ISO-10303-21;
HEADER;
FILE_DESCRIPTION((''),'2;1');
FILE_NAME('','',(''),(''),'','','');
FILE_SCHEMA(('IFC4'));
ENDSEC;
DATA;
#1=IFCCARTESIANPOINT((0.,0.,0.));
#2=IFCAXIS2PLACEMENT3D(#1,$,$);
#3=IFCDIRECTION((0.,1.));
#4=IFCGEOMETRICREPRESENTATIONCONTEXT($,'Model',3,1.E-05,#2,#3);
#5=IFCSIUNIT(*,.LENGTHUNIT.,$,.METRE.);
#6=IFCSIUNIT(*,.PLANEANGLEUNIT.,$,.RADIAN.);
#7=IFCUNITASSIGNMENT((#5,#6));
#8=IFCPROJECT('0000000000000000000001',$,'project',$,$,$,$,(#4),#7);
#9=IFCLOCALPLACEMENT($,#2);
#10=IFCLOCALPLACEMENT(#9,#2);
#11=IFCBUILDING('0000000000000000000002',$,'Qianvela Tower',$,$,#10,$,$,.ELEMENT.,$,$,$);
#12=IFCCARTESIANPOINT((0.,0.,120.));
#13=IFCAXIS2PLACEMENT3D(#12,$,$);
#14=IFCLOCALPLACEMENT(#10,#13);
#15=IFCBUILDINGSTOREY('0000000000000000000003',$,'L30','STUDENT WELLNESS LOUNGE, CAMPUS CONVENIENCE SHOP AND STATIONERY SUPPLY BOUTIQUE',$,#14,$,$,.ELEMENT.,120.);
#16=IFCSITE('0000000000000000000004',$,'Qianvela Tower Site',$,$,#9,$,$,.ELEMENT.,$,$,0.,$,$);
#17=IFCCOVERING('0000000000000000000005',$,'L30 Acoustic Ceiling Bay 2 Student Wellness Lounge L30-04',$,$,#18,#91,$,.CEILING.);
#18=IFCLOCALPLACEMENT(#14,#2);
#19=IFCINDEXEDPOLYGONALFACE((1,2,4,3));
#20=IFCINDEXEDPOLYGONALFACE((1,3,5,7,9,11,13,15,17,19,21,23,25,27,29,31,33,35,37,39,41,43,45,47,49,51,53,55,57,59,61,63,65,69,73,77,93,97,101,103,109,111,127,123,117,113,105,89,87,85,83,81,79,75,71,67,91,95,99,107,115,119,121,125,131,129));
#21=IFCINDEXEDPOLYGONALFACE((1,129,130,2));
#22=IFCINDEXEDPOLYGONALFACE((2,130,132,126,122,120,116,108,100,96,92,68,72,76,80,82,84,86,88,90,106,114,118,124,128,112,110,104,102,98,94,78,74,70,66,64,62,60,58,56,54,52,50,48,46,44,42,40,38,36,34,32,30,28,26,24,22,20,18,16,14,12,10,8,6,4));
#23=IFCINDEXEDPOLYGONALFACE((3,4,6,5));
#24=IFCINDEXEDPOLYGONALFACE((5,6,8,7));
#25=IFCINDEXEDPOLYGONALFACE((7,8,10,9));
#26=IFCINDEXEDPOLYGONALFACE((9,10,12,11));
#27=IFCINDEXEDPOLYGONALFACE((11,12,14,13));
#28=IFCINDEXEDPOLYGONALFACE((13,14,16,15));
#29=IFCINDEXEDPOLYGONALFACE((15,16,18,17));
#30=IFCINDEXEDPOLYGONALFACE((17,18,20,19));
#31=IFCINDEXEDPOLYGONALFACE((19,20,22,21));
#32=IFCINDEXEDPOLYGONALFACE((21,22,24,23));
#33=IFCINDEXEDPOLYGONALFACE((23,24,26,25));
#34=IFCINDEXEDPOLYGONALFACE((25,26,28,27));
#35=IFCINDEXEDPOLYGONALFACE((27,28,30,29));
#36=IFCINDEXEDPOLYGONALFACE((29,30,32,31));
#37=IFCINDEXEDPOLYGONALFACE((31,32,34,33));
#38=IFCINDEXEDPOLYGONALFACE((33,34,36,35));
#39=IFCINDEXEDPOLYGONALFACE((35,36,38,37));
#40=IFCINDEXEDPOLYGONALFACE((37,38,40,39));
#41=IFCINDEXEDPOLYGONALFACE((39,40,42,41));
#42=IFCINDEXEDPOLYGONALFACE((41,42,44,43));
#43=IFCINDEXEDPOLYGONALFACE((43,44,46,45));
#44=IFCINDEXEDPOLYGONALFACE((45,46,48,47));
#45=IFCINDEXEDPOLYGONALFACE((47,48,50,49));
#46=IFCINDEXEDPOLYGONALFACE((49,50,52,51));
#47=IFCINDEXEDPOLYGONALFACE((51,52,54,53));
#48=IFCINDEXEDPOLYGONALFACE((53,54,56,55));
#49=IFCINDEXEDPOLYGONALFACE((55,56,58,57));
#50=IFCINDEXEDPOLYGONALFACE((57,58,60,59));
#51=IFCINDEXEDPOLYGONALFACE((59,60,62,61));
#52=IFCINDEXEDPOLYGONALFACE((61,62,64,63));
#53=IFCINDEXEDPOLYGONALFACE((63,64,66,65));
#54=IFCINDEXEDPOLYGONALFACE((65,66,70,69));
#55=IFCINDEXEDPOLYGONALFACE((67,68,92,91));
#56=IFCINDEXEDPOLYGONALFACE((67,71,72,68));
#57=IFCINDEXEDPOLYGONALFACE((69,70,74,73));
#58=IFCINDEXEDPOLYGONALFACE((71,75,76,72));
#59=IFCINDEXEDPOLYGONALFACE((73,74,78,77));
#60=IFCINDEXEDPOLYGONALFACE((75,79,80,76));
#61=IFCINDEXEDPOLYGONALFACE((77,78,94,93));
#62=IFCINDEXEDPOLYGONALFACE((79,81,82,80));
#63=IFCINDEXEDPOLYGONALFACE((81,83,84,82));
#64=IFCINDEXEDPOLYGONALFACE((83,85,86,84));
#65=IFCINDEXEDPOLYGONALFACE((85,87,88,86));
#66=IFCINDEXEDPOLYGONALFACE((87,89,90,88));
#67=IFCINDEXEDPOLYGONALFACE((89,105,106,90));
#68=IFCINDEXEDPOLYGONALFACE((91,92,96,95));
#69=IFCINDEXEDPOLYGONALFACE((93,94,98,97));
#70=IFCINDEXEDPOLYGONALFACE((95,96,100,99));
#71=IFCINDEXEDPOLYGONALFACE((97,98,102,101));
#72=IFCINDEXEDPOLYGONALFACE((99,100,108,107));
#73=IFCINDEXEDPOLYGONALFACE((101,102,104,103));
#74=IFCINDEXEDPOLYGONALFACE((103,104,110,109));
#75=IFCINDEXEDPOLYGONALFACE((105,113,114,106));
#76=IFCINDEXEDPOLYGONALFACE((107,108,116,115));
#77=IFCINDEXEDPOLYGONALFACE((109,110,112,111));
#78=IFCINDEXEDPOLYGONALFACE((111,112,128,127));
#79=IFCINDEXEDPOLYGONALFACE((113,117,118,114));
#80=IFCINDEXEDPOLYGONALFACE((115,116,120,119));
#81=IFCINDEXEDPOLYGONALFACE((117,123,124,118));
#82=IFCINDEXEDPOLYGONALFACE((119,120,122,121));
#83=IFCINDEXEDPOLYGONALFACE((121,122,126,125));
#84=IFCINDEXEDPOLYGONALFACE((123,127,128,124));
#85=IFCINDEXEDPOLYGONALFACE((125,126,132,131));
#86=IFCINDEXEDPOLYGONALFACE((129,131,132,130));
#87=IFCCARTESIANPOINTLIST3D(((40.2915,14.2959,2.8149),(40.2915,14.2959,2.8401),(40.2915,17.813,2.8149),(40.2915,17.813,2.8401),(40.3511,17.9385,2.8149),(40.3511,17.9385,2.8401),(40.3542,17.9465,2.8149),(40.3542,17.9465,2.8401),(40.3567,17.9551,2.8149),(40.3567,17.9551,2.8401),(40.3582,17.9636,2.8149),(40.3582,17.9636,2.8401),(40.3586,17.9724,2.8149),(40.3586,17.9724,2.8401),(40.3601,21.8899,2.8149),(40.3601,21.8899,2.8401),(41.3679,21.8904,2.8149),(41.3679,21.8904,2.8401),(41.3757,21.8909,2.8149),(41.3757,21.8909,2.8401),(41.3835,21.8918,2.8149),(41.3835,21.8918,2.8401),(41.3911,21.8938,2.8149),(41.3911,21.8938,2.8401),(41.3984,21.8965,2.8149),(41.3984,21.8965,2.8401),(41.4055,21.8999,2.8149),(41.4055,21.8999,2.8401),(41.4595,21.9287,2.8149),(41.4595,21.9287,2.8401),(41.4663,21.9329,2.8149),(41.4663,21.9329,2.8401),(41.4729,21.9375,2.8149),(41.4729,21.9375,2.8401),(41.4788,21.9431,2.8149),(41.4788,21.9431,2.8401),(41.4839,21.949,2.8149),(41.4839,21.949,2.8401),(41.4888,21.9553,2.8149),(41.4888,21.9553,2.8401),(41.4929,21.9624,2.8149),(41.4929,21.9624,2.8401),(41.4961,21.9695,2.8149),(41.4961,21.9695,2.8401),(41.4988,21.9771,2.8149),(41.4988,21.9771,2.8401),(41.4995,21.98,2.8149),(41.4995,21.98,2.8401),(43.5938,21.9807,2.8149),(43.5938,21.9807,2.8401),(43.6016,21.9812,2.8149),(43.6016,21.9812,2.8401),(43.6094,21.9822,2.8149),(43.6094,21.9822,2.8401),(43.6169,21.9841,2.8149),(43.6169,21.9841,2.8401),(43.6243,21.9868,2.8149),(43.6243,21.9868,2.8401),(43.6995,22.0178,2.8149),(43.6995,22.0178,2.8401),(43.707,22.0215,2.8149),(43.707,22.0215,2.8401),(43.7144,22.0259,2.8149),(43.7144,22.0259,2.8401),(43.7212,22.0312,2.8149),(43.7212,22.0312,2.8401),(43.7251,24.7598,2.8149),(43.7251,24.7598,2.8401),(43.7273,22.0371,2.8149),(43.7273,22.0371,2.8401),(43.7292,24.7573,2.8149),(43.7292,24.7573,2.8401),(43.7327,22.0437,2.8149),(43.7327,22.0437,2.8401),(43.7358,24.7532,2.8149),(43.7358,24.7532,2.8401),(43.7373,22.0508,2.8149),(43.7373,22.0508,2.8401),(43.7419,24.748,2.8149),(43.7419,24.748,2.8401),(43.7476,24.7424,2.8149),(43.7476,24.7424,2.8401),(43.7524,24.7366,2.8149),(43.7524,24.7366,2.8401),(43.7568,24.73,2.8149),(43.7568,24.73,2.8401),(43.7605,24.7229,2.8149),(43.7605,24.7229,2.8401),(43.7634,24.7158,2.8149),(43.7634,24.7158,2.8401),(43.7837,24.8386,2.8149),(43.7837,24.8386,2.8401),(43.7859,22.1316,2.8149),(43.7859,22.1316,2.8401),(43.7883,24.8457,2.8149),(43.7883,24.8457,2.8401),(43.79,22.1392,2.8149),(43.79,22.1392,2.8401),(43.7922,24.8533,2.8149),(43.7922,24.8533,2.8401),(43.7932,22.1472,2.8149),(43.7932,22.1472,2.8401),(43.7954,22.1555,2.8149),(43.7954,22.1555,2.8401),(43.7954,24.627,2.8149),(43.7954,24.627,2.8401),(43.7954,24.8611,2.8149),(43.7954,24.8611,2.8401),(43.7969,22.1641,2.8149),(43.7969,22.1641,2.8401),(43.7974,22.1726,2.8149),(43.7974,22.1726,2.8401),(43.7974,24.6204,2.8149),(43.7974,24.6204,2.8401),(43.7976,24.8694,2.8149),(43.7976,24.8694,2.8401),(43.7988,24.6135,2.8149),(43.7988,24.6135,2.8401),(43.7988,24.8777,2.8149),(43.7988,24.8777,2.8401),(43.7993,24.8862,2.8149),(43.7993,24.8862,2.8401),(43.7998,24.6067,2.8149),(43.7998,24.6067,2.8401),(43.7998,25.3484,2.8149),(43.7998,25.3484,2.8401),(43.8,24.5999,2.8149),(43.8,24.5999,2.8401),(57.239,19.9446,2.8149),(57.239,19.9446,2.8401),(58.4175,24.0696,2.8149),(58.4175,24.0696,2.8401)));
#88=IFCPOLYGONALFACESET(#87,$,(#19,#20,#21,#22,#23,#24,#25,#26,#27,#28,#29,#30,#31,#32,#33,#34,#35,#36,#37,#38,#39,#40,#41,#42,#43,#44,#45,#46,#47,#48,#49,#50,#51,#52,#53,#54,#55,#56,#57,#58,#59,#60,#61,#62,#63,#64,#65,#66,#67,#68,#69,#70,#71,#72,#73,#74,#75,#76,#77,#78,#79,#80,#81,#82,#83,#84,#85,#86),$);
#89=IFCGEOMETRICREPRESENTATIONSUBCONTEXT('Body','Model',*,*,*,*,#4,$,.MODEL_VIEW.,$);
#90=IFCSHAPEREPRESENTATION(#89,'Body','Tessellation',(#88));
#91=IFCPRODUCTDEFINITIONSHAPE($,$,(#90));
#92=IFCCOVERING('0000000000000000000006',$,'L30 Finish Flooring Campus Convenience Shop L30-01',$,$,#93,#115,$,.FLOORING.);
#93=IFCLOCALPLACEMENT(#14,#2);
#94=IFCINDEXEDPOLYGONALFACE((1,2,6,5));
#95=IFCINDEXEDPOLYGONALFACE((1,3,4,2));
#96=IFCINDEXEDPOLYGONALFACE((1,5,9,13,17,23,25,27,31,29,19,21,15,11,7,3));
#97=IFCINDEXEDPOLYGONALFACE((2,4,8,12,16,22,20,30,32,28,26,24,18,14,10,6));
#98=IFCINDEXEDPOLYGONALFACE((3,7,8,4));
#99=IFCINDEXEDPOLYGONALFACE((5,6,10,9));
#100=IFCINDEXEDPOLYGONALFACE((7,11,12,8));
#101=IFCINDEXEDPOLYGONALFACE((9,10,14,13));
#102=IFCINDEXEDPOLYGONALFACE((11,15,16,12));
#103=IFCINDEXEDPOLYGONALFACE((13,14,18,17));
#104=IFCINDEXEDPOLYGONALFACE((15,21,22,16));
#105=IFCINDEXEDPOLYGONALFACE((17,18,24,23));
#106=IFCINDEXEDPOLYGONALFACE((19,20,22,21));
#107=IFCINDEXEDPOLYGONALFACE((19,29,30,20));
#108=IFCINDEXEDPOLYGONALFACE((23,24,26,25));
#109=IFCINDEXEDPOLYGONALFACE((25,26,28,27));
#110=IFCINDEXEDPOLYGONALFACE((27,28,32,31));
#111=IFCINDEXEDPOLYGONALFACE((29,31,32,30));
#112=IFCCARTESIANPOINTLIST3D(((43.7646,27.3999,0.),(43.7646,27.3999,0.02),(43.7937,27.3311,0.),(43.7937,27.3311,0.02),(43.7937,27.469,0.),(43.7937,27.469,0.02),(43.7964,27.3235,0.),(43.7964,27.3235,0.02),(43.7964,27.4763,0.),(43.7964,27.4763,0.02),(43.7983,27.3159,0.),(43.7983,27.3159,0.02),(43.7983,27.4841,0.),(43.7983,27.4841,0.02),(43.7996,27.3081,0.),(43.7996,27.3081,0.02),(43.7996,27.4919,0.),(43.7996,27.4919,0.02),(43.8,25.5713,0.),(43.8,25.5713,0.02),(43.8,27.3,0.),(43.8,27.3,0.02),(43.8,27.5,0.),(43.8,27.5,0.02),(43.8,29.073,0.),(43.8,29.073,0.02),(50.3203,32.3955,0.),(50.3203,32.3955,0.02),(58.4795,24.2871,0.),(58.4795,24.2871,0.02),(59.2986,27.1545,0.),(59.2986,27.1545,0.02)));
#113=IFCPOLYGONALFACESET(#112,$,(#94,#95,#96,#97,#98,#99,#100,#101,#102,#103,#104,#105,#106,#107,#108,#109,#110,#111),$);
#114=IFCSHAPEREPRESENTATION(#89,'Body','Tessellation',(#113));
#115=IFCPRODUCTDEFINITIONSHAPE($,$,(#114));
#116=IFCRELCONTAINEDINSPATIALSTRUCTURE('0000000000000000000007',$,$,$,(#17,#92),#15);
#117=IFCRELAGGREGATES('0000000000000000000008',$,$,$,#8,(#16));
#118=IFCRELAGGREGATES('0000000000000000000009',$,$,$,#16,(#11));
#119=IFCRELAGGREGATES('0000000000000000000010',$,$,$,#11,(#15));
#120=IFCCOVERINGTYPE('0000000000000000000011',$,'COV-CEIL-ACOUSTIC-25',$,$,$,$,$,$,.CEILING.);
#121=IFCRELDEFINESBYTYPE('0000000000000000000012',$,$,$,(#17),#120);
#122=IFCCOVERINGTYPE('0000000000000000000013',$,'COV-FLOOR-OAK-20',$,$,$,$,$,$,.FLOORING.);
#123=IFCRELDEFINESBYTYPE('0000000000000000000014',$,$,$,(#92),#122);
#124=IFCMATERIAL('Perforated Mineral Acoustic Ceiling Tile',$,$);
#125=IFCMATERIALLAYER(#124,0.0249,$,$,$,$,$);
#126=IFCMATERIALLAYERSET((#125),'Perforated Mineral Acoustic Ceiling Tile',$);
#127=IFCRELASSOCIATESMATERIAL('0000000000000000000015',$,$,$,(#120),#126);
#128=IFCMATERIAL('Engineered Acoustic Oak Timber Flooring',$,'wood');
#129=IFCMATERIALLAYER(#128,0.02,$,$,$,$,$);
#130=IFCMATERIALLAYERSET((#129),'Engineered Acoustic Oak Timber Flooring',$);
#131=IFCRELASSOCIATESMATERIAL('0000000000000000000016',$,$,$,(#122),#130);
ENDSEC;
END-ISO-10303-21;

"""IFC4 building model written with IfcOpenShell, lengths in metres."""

from ifc_helpers import new_model, si_unit, direction, frame, origin, place, context, subcontext, project, spatial, polyline, outline, extrude, material, layer, layer_set, type_object, element, save


model = new_model("IFC4")

# Units and contexts
model_context = context("Model", 3, precision=1e-05, world=origin(), true_north=direction((0.0, 1.0)))
body_context = subcontext(model_context, "Body", "Model", "MODEL_VIEW")
ifc_project = project(units=[si_unit("LENGTHUNIT", "METRE"), si_unit("PLANEANGLEUNIT", "RADIAN")], contexts=[model_context])

# Site, building, storey
site_placement = place(None, origin())
site = spatial("IfcSite", under=ifc_project, at=site_placement, Name="Qianvela Tower Site", CompositionType="ELEMENT", RefElevation=0.0)
building_placement = place(site_placement, origin())
building = spatial("IfcBuilding", under=site, at=building_placement, Name="Qianvela Tower", CompositionType="ELEMENT")
storey_placement = place(building_placement, frame((0.0, 0.0, 120.0)))
storey = spatial("IfcBuildingStorey", under=building, at=storey_placement, Name="L30", Description="STUDENT WELLNESS LOUNGE, CAMPUS CONVENIENCE SHOP AND STATIONERY SUPPLY BOUTIQUE", CompositionType="ELEMENT", Elevation=120.0)

# Coverings
ifc_material_1 = material(Name="Perforated Mineral Acoustic Ceiling Tile")
ifc_layer_1 = layer(ifc_material_1, 0.0249)
ifc_layer_set_1 = layer_set([ifc_layer_1], Name="Perforated Mineral Acoustic Ceiling Tile")
covering_type_1 = type_object("IfcCoveringType", Name="COV-CEIL-ACOUSTIC-25", PredefinedType="CEILING", material=ifc_layer_set_1)
covering_1_placement = place(storey_placement, frame((0.0, 0.0, 2.8149)))
element("IfcCovering", 1, at=covering_1_placement, inside=storey, type_object=covering_type_1, Name="L30 Acoustic Ceiling Bay 2 Student Wellness Lounge L30-04", PredefinedType="CEILING", context=body_context, shape_type="SweptSolid", body=[
    extrude(outline(polyline([(40.3511, 17.9385), (40.3542, 17.9465), (40.3567, 17.9551), (40.3582, 17.9636), (40.3586, 17.9724), (40.3601, 21.8899), (41.3679, 21.8904), (41.3757, 21.8909), (41.3835, 21.8918), (41.3911, 21.8938), (41.3984, 21.8965), (41.4055, 21.8999), (41.4595, 21.9287), (41.4663, 21.9329), (41.4729, 21.9375), (41.4788, 21.9431), (41.4839, 21.949), (41.4888, 21.9553), (41.4929, 21.9624), (41.4961, 21.9695), (41.4988, 21.9771), (41.4995, 21.98), (43.5938, 21.9807), (43.6016, 21.9812), (43.6094, 21.9822), (43.6169, 21.9841), (43.6243, 21.9868), (43.6995, 22.0178), (43.707, 22.0215), (43.7144, 22.0259), (43.7212, 22.0312), (43.7273, 22.0371), (43.7327, 22.0437), (43.7373, 22.0508), (43.7859, 22.1316), (43.79, 22.1392), (43.7932, 22.1472), (43.7954, 22.1555), (43.7969, 22.1641), (43.7974, 22.1726), (43.8, 24.5999), (43.7998, 24.6067), (43.7988, 24.6135), (43.7974, 24.6204), (43.7954, 24.627), (43.7634, 24.7158), (43.7605, 24.7229), (43.7568, 24.73), (43.7524, 24.7366), (43.7476, 24.7424), (43.7419, 24.748), (43.7358, 24.7532), (43.7292, 24.7573), (43.7251, 24.7598), (43.7837, 24.8386), (43.7883, 24.8457), (43.7922, 24.8533), (43.7954, 24.8611), (43.7976, 24.8694), (43.7988, 24.8777), (43.7993, 24.8862), (43.7998, 25.3484), (58.4175, 24.0696), (57.239, 19.9446), (40.2915, 14.2959), (40.2915, 17.813), (40.3511, 17.9385)])), origin(), (0.0, 0.0, 1.0), 0.0251),
])
ifc_material_2 = material(Name="Engineered Acoustic Oak Timber Flooring", Category="wood")
ifc_layer_2 = layer(ifc_material_2, 0.02)
ifc_layer_set_2 = layer_set([ifc_layer_2], Name="Engineered Acoustic Oak Timber Flooring")
covering_type_2 = type_object("IfcCoveringType", Name="COV-FLOOR-OAK-20", PredefinedType="FLOORING", material=ifc_layer_set_2)
covering_2_placement = place(storey_placement, origin())
element("IfcCovering", 2, at=covering_2_placement, inside=storey, type_object=covering_type_2, Name="L30 Finish Flooring Campus Convenience Shop L30-01", PredefinedType="FLOORING", context=body_context, shape_type="SweptSolid", body=[
    extrude(outline(polyline([(43.7646, 27.3999), (43.7937, 27.469), (43.7964, 27.4763), (43.7983, 27.4841), (43.7996, 27.4919), (43.8, 27.5), (43.8, 29.073), (50.3203, 32.3955), (59.2986, 27.1545), (58.4795, 24.2871), (43.8, 25.5713), (43.8, 27.3), (43.7996, 27.3081), (43.7983, 27.3159), (43.7964, 27.3235), (43.7937, 27.3311), (43.7646, 27.3999)])), origin(), (0.0, 0.0, 1.0), 0.02),
])

save(model, "model.ifc")
